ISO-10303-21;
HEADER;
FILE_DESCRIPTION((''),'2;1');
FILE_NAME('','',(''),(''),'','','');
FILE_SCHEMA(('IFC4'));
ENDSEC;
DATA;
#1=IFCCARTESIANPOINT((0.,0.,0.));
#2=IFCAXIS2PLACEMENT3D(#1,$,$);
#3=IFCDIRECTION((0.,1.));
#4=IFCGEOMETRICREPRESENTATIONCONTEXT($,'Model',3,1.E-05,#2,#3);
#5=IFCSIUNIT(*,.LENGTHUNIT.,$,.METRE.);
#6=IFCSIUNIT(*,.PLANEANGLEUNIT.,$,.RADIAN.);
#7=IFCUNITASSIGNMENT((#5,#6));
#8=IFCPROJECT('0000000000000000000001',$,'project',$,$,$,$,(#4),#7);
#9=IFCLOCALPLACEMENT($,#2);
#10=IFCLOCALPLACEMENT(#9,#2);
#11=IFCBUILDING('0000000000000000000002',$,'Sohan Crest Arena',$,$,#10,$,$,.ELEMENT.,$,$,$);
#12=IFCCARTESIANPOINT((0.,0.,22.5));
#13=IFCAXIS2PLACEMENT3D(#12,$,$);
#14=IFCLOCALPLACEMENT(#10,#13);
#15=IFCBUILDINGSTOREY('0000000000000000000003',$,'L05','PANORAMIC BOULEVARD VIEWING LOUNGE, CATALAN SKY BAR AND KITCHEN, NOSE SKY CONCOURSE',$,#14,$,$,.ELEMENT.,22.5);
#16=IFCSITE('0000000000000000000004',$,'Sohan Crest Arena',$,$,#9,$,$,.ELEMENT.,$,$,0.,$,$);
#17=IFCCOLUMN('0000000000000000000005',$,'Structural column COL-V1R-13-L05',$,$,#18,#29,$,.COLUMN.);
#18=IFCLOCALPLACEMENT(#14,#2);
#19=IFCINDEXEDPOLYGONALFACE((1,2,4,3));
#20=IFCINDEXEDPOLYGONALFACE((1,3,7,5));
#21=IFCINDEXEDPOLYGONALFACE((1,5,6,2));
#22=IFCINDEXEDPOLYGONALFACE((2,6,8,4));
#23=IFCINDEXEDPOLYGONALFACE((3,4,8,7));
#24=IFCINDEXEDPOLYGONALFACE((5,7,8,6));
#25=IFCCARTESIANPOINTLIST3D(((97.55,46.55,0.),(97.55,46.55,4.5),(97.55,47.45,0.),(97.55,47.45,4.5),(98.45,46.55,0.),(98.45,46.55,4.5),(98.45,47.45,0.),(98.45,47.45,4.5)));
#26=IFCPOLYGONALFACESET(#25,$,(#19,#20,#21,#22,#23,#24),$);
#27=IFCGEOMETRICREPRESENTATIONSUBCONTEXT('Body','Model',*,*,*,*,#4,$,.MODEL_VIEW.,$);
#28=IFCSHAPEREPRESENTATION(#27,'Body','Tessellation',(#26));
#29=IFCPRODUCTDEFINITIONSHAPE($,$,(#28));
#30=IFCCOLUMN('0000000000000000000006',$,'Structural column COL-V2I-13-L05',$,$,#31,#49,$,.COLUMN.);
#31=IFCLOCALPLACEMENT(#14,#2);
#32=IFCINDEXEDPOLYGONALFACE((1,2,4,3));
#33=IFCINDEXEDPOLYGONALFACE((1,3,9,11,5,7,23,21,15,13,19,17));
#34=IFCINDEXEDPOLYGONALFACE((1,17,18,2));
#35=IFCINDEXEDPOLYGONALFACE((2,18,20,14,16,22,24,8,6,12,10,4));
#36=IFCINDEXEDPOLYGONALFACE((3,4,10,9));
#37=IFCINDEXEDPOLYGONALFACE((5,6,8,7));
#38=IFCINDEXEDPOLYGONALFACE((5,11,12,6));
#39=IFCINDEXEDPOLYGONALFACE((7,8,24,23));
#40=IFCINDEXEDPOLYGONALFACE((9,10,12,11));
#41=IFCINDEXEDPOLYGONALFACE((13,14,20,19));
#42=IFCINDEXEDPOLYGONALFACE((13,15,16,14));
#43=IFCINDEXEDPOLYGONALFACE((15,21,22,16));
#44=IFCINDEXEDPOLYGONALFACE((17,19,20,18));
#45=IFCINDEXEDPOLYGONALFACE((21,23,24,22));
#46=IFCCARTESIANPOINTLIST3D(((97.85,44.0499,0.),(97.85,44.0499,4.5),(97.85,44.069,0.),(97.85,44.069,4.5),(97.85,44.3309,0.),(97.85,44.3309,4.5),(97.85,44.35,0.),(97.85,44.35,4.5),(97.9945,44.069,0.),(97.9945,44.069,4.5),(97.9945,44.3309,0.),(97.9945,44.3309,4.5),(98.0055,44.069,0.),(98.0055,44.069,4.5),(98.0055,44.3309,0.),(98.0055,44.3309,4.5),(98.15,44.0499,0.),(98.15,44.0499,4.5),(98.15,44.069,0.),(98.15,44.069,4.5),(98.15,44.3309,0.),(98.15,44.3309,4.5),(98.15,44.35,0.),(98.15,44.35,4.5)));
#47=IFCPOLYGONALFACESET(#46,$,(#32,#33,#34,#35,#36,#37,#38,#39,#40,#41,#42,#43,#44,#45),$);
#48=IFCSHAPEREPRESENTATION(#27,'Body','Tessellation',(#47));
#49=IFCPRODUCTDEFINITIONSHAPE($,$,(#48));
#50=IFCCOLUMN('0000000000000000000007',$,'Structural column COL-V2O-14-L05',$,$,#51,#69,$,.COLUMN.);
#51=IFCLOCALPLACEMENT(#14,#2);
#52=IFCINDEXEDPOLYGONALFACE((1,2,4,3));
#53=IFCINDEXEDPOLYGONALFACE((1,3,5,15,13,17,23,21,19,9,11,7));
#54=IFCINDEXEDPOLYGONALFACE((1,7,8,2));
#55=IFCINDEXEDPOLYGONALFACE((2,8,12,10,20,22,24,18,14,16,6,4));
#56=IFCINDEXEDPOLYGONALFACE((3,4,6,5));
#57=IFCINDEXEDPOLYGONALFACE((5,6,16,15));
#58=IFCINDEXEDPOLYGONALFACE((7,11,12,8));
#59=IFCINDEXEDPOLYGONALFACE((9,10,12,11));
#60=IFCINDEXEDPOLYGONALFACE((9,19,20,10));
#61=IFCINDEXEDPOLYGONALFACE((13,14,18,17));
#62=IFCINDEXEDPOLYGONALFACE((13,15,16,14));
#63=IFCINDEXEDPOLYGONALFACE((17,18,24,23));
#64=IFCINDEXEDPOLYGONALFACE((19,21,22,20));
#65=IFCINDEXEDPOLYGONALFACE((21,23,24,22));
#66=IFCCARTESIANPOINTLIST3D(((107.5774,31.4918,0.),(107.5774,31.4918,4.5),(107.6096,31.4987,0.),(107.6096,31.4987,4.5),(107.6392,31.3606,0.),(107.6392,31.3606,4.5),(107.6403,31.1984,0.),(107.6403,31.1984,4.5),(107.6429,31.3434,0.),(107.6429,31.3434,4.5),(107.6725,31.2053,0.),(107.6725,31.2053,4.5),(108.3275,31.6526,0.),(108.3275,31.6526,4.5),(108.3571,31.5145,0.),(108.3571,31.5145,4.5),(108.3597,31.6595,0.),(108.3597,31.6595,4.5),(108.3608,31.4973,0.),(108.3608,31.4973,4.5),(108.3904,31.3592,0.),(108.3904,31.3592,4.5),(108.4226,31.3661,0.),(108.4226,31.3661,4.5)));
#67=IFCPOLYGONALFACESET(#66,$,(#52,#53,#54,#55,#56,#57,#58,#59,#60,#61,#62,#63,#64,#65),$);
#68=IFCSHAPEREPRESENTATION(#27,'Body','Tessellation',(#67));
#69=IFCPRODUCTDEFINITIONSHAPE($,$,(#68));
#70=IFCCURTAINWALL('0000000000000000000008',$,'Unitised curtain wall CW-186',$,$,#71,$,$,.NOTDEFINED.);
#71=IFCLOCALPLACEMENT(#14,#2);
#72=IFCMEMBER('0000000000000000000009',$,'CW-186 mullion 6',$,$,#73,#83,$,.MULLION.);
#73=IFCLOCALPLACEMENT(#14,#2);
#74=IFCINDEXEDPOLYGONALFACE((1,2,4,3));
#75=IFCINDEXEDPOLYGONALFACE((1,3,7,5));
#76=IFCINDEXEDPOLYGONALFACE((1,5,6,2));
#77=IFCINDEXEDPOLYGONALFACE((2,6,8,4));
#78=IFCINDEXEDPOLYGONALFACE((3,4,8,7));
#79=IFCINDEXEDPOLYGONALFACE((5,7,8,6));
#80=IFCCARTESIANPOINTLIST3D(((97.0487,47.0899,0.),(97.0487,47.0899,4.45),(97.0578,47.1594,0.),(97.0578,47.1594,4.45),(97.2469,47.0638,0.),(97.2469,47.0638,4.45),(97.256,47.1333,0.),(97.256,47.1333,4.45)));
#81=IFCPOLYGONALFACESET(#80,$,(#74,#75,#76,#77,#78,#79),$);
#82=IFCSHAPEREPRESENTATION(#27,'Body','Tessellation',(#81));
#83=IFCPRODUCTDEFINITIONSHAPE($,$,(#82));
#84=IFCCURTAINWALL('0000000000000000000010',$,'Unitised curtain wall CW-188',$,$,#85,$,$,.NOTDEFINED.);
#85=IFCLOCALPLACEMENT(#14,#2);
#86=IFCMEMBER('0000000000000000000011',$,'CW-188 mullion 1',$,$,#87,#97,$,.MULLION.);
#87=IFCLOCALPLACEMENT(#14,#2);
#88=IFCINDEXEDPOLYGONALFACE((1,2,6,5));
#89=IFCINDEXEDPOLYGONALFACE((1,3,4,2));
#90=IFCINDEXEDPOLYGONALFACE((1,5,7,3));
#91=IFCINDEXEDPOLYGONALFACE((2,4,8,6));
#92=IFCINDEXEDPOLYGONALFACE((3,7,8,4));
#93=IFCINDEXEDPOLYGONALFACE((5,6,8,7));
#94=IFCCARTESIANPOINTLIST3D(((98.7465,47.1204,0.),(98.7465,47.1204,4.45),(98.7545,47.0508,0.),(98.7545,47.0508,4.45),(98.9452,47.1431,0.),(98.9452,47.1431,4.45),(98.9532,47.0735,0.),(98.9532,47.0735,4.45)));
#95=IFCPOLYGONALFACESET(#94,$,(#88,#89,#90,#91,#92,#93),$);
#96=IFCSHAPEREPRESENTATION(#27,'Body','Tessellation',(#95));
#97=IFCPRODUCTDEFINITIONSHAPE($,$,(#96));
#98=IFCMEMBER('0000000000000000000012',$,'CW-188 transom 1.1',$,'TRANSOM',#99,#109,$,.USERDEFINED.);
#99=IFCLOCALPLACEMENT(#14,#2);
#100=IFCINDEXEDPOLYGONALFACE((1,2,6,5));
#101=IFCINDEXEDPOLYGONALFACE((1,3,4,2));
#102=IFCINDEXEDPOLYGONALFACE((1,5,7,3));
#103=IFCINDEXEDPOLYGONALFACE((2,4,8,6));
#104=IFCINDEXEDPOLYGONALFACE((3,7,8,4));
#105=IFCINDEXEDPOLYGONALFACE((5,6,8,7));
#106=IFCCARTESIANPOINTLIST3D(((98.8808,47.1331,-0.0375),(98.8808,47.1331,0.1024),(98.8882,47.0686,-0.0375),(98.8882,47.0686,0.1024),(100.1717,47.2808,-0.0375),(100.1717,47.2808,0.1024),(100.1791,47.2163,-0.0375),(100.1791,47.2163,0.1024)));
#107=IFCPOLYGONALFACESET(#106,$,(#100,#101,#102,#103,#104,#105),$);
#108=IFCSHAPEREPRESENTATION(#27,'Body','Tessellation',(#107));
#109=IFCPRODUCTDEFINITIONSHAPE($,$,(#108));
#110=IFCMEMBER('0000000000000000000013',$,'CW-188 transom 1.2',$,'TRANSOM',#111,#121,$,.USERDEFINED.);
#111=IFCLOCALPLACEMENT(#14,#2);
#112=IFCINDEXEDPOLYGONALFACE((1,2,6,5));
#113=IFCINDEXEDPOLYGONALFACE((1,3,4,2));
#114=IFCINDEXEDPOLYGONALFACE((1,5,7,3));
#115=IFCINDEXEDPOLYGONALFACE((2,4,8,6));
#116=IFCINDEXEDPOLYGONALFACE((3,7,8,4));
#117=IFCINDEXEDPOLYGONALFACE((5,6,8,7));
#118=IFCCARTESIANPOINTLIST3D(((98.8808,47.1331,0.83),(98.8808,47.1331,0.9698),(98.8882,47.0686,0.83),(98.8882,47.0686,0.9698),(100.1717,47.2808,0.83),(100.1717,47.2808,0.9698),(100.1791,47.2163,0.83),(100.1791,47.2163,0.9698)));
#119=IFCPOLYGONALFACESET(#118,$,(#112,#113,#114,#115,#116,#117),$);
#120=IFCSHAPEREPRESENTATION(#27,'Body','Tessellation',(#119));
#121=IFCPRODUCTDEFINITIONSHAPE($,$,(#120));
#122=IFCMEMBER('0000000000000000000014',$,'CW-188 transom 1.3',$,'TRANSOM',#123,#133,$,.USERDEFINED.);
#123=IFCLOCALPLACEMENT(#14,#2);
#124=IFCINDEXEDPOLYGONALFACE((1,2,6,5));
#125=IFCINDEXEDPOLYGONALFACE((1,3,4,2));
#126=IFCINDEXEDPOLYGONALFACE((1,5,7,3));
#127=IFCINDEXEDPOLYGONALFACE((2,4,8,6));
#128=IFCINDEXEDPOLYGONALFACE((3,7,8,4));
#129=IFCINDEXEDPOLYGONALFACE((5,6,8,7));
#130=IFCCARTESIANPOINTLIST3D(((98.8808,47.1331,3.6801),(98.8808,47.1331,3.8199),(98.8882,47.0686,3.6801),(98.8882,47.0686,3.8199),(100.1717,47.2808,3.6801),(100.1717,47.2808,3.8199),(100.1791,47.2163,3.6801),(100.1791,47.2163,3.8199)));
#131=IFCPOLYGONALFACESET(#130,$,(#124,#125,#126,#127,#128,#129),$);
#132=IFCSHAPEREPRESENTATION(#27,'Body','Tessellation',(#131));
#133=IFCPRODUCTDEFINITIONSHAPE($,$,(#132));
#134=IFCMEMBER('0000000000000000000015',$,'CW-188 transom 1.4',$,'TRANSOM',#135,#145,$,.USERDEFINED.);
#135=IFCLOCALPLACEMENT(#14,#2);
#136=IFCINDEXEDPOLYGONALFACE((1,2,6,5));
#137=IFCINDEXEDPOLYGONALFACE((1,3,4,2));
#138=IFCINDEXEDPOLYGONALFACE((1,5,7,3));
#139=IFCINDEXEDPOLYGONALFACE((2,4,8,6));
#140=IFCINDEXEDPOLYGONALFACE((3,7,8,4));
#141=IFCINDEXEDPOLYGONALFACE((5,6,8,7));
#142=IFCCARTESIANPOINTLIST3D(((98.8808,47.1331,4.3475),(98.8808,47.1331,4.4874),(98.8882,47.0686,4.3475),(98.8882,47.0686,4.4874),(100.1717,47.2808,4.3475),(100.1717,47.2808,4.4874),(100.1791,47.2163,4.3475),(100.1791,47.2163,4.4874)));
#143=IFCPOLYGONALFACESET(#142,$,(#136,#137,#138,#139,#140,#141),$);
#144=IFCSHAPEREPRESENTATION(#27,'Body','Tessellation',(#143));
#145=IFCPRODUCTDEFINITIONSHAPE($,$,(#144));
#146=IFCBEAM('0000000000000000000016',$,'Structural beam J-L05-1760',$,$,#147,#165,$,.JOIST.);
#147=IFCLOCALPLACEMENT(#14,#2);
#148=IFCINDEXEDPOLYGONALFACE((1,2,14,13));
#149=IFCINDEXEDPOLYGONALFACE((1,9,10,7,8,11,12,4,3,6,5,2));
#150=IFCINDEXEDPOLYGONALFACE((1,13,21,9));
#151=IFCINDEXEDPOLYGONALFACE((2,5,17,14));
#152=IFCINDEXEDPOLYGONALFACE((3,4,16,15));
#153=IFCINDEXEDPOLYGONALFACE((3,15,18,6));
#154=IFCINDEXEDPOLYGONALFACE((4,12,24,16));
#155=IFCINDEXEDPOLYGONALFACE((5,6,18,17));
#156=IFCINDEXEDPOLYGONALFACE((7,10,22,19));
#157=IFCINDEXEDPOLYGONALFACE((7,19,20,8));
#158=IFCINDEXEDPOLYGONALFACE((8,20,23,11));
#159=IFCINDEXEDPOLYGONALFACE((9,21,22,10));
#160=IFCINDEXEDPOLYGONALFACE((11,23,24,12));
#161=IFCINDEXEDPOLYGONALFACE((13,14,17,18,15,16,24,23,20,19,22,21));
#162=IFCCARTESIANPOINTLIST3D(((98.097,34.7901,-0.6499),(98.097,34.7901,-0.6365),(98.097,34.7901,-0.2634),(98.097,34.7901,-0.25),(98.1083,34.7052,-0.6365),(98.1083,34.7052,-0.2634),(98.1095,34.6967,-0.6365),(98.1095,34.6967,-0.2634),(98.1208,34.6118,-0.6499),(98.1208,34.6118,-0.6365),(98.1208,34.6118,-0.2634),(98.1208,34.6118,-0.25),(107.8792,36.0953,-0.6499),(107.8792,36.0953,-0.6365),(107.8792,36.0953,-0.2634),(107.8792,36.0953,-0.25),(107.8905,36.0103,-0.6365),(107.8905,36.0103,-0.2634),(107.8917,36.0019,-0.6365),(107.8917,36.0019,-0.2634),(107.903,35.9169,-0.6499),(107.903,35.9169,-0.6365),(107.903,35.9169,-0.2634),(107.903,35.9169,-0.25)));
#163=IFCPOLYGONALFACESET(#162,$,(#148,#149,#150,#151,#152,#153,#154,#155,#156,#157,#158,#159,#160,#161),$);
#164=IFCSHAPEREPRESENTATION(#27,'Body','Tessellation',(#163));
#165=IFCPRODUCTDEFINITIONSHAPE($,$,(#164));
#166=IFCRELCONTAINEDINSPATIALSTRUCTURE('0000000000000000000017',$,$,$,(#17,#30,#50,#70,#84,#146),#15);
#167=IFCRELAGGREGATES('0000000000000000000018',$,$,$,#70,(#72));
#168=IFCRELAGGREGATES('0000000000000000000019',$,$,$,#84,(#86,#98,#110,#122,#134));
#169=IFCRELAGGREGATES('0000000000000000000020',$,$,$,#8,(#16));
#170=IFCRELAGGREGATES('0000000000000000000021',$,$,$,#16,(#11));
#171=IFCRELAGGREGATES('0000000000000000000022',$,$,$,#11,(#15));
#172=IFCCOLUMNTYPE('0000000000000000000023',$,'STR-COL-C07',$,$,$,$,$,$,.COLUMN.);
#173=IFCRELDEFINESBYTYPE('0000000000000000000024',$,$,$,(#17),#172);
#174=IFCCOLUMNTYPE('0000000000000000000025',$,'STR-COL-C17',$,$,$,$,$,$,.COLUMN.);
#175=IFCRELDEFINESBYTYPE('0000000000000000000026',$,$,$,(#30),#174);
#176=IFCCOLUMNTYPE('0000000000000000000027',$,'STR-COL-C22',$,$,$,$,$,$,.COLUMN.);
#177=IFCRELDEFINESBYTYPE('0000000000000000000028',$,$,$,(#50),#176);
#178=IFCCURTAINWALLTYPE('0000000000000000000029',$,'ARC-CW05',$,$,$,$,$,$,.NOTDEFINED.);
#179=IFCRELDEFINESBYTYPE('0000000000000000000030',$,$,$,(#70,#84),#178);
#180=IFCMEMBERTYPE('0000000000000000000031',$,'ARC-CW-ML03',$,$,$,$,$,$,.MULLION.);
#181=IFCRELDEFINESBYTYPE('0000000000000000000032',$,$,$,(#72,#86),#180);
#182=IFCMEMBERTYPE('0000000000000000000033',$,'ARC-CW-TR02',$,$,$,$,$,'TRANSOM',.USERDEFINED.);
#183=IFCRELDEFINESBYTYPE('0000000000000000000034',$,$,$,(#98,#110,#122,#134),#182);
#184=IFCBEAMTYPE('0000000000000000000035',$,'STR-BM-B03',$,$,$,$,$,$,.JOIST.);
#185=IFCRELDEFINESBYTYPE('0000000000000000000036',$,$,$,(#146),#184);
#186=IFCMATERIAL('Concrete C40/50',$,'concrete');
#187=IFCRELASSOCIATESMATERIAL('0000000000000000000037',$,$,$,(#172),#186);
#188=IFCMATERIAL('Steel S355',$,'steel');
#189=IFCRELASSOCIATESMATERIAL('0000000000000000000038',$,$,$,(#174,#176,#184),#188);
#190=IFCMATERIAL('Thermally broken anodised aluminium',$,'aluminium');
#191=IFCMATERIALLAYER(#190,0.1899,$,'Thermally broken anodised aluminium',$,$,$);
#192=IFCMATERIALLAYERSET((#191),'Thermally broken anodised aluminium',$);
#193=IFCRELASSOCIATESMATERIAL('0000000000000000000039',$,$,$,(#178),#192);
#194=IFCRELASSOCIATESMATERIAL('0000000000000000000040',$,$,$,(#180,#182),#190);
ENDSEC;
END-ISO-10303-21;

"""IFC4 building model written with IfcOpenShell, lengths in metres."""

from ifc_helpers import new_model, si_unit, direction, frame, origin, origin_2d, place, context, subcontext, project, spatial, rectangle, i_section, extrude, material, layer, layer_set, material_profile, profile_set, type_object, element, aggregate, save


model = new_model("IFC4")

# Units and contexts
model_context = context("Model", 3, precision=1e-05, world=origin(), true_north=direction((0.0, 1.0)))
body_context = subcontext(model_context, "Body", "Model", "MODEL_VIEW")
ifc_project = project(units=[si_unit("LENGTHUNIT", "METRE"), si_unit("PLANEANGLEUNIT", "RADIAN")], contexts=[model_context])

# Site, building, storey
site_placement = place(None, origin())
site = spatial("IfcSite", under=ifc_project, at=site_placement, Name="Sohan Crest Arena", CompositionType="ELEMENT", RefElevation=0.0)
building_placement = place(site_placement, origin())
building = spatial("IfcBuilding", under=site, at=building_placement, Name="Sohan Crest Arena", CompositionType="ELEMENT")
storey_placement = place(building_placement, frame((0.0, 0.0, 22.5)))
storey = spatial("IfcBuildingStorey", under=building, at=storey_placement, Name="L05", Description="PANORAMIC BOULEVARD VIEWING LOUNGE, CATALAN SKY BAR AND KITCHEN, NOSE SKY CONCOURSE", CompositionType="ELEMENT", Elevation=22.5)

# Columns
ifc_material_1 = material(Name="Concrete C40/50", Category="concrete")
ifc_material_profile_1 = material_profile(ifc_material_1, rectangle(XDim=0.8999, YDim=0.8999, at=origin_2d()), Name="RC 900x900")
ifc_profile_set_1 = profile_set([ifc_material_profile_1], Name="Concrete C40/50")
column_type_1 = type_object("IfcColumnType", Name="STR-COL-C07", PredefinedType="COLUMN", material=ifc_profile_set_1)
column_1_placement = place(storey_placement, frame((98.0, 47.0, 0.0), z_axis=(0.0, 0.0, 1.0), x_axis=(0.0, 1.0, 0.0)))
element("IfcColumn", 1, at=column_1_placement, inside=storey, type_object=column_type_1, Name="Structural column COL-V1R-13-L05", PredefinedType="COLUMN", context=body_context, shape_type="SweptSolid", body=[
    extrude(rectangle(XDim=0.8999, YDim=0.8999, at=origin_2d()), origin(), (0.0, 0.0, 1.0), 4.5),
])
ifc_material_2 = material(Name="Steel S355", Category="steel")
ifc_material_profile_2 = material_profile(ifc_material_2, i_section(OverallWidth=0.3, OverallDepth=0.3, WebThickness=0.011, FlangeThickness=0.019, at=origin_2d()), Name="HEB 300")
ifc_profile_set_2 = profile_set([ifc_material_profile_2], Name="Steel S355")
column_type_2 = type_object("IfcColumnType", Name="STR-COL-C17", PredefinedType="COLUMN", material=ifc_profile_set_2)
column_2_placement = place(storey_placement, frame((98.0, 44.2, 0.0), z_axis=(0.0, 0.0, 1.0), x_axis=(1.0, 0.0, 0.0)))
element("IfcColumn", 2, at=column_2_placement, inside=storey, type_object=column_type_2, Name="Structural column COL-V2I-13-L05", PredefinedType="COLUMN", context=body_context, shape_type="SweptSolid", body=[
    extrude(i_section(OverallWidth=0.3, OverallDepth=0.3, WebThickness=0.011, FlangeThickness=0.019, at=origin_2d()), origin(), (0.0, 0.0, 1.0), 4.5),
])
ifc_material_profile_3 = material_profile(ifc_material_2, i_section(OverallWidth=0.3, OverallDepth=0.8, WebThickness=0.0176, FlangeThickness=0.033, at=origin_2d()), Name="HEB 800")
ifc_profile_set_3 = profile_set([ifc_material_profile_3], Name="Steel S355")
column_type_3 = type_object("IfcColumnType", Name="STR-COL-C22", PredefinedType="COLUMN", material=ifc_profile_set_3)
column_3_placement = place(storey_placement, frame((108.0, 31.429, 0.0), z_axis=(0.0, 0.0, 1.0), x_axis=(-0.209619, 0.977783, 0.0)))
element("IfcColumn", 3, at=column_3_placement, inside=storey, type_object=column_type_3, Name="Structural column COL-V2O-14-L05", PredefinedType="COLUMN", context=body_context, shape_type="SweptSolid", body=[
    extrude(i_section(OverallWidth=0.3, OverallDepth=0.8, WebThickness=0.0176, FlangeThickness=0.033, at=origin_2d()), origin(), (0.0, 0.0, 1.0), 4.5),
])

# Curtain wall, member
ifc_material_3 = material(Name="Thermally broken anodised aluminium", Category="aluminium")
ifc_layer_1 = layer(ifc_material_3, 0.1899, Name="Thermally broken anodised aluminium")
ifc_layer_set_1 = layer_set([ifc_layer_1], Name="Thermally broken anodised aluminium")
curtain_wall_type = type_object("IfcCurtainWallType", Name="ARC-CW05", PredefinedType="NOTDEFINED", material=ifc_layer_set_1)
curtain_wall_1_placement = place(storey_placement, origin())
curtain_wall_1 = element("IfcCurtainWall", 4, at=curtain_wall_1_placement, inside=storey, type_object=curtain_wall_type, Name="Unitised curtain wall CW-186", PredefinedType="NOTDEFINED")
ifc_material_profile_4 = material_profile(ifc_material_3, rectangle(XDim=0.0701, YDim=0.2, at=origin_2d()), Name="ALU-MULL 70x200")
ifc_profile_set_4 = profile_set([ifc_material_profile_4], Name="Thermally broken anodised aluminium")
member_type_1 = type_object("IfcMemberType", Name="ARC-CW-ML03", PredefinedType="MULLION", material=ifc_profile_set_4)
member_1_placement = place(storey_placement, frame((97.1523, 47.1116, 0.0), z_axis=(0.0, 0.0, 1.0), x_axis=(0.130499, 0.991448, 0.0)))
member_1 = element("IfcMember", 5, at=member_1_placement, type_object=member_type_1, Name="CW-186 mullion 6", PredefinedType="MULLION", context=body_context, shape_type="SweptSolid", body=[
    extrude(rectangle(XDim=0.0701, YDim=0.2, at=origin_2d()), origin(), (0.0, 0.0, 1.0), 4.45),
])

# Curtain wall, members
curtain_wall_2_placement = place(storey_placement, origin())
curtain_wall_2 = element("IfcCurtainWall", 6, at=curtain_wall_2_placement, inside=storey, type_object=curtain_wall_type, Name="Unitised curtain wall CW-188", PredefinedType="NOTDEFINED")
member_2_placement = place(storey_placement, frame((98.8499, 47.0969, 0.0), z_axis=(0.0, 0.0, 1.0), x_axis=(-0.113597, 0.993527, 0.0)))
member_2 = element("IfcMember", 7, at=member_2_placement, type_object=member_type_1, Name="CW-188 mullion 1", PredefinedType="MULLION", context=body_context, shape_type="SweptSolid", body=[
    extrude(rectangle(XDim=0.0701, YDim=0.2, at=origin_2d()), origin(), (0.0, 0.0, 1.0), 4.45),
])
ifc_material_profile_5 = material_profile(ifc_material_3, rectangle(XDim=0.0649, YDim=0.1399, at=origin_2d()), Name="ALU-TRAN 65x140")
ifc_profile_set_5 = profile_set([ifc_material_profile_5], Name="Thermally broken anodised aluminium")
member_type_2 = type_object("IfcMemberType", Name="ARC-CW-TR02", ElementType="TRANSOM", PredefinedType="USERDEFINED", material=ifc_profile_set_5)
member_3_placement = place(storey_placement, frame((98.8845, 47.1008, 0.0325), z_axis=(0.993516, 0.11369, 0.0), x_axis=(-0.11369, 0.993516, 0.0)))
member_3 = element("IfcMember", 8, at=member_3_placement, type_object=member_type_2, Name="CW-188 transom 1.1", ObjectType="TRANSOM", PredefinedType="USERDEFINED", context=body_context, shape_type="SweptSolid", body=[
    extrude(rectangle(XDim=0.0649, YDim=0.1399, at=origin_2d()), origin(), (0.0, 0.0, 1.0), 1.2993),
])
member_4_placement = place(storey_placement, frame((98.8845, 47.1008, 0.8999), z_axis=(0.993516, 0.11369, 0.0), x_axis=(-0.11369, 0.993516, 0.0)))
member_4 = element("IfcMember", 9, at=member_4_placement, type_object=member_type_2, Name="CW-188 transom 1.2", ObjectType="TRANSOM", PredefinedType="USERDEFINED", context=body_context, shape_type="SweptSolid", body=[
    extrude(rectangle(XDim=0.0649, YDim=0.1399, at=origin_2d()), origin(), (0.0, 0.0, 1.0), 1.2993),
])
member_5_placement = place(storey_placement, frame((98.8845, 47.1008, 3.75), z_axis=(0.993516, 0.11369, 0.0), x_axis=(-0.11369, 0.993516, 0.0)))
member_5 = element("IfcMember", 10, at=member_5_placement, type_object=member_type_2, Name="CW-188 transom 1.3", ObjectType="TRANSOM", PredefinedType="USERDEFINED", context=body_context, shape_type="SweptSolid", body=[
    extrude(rectangle(XDim=0.0649, YDim=0.1399, at=origin_2d()), origin(), (0.0, 0.0, 1.0), 1.2993),
])
member_6_placement = place(storey_placement, frame((98.8845, 47.1008, 4.4175), z_axis=(0.993516, 0.11369, 0.0), x_axis=(-0.11369, 0.993516, 0.0)))
member_6 = element("IfcMember", 11, at=member_6_placement, type_object=member_type_2, Name="CW-188 transom 1.4", ObjectType="TRANSOM", PredefinedType="USERDEFINED", context=body_context, shape_type="SweptSolid", body=[
    extrude(rectangle(XDim=0.0649, YDim=0.1399, at=origin_2d()), origin(), (0.0, 0.0, 1.0), 1.2993),
])

# Beam
ifc_material_profile_6 = material_profile(ifc_material_2, i_section(OverallWidth=0.1799, OverallDepth=0.3999, WebThickness=0.0085, FlangeThickness=0.0134, at=origin_2d()), Name="IPE 400")
ifc_profile_set_6 = profile_set([ifc_material_profile_6], Name="Steel S355")
beam_type_1 = type_object("IfcBeamType", Name="STR-BM-B03", PredefinedType="JOIST", material=ifc_profile_set_6)
beam_1_placement = place(storey_placement, frame((98.1089, 34.7009, -0.45), z_axis=(0.991216, 0.132251, 0.0), x_axis=(-0.132251, 0.991216, 0.0)))
element("IfcBeam", 12, at=beam_1_placement, inside=storey, type_object=beam_type_1, Name="Structural beam J-L05-1760", PredefinedType="JOIST", context=body_context, shape_type="SweptSolid", body=[
    extrude(i_section(OverallWidth=0.1799, OverallDepth=0.3999, WebThickness=0.0085, FlangeThickness=0.0134, at=origin_2d()), origin(), (0.0, 0.0, 1.0), 9.8689),
])

aggregate(curtain_wall_1, [member_1])
aggregate(curtain_wall_2, [member_2, member_3, member_4, member_5, member_6])

save(model, "model.ifc")
